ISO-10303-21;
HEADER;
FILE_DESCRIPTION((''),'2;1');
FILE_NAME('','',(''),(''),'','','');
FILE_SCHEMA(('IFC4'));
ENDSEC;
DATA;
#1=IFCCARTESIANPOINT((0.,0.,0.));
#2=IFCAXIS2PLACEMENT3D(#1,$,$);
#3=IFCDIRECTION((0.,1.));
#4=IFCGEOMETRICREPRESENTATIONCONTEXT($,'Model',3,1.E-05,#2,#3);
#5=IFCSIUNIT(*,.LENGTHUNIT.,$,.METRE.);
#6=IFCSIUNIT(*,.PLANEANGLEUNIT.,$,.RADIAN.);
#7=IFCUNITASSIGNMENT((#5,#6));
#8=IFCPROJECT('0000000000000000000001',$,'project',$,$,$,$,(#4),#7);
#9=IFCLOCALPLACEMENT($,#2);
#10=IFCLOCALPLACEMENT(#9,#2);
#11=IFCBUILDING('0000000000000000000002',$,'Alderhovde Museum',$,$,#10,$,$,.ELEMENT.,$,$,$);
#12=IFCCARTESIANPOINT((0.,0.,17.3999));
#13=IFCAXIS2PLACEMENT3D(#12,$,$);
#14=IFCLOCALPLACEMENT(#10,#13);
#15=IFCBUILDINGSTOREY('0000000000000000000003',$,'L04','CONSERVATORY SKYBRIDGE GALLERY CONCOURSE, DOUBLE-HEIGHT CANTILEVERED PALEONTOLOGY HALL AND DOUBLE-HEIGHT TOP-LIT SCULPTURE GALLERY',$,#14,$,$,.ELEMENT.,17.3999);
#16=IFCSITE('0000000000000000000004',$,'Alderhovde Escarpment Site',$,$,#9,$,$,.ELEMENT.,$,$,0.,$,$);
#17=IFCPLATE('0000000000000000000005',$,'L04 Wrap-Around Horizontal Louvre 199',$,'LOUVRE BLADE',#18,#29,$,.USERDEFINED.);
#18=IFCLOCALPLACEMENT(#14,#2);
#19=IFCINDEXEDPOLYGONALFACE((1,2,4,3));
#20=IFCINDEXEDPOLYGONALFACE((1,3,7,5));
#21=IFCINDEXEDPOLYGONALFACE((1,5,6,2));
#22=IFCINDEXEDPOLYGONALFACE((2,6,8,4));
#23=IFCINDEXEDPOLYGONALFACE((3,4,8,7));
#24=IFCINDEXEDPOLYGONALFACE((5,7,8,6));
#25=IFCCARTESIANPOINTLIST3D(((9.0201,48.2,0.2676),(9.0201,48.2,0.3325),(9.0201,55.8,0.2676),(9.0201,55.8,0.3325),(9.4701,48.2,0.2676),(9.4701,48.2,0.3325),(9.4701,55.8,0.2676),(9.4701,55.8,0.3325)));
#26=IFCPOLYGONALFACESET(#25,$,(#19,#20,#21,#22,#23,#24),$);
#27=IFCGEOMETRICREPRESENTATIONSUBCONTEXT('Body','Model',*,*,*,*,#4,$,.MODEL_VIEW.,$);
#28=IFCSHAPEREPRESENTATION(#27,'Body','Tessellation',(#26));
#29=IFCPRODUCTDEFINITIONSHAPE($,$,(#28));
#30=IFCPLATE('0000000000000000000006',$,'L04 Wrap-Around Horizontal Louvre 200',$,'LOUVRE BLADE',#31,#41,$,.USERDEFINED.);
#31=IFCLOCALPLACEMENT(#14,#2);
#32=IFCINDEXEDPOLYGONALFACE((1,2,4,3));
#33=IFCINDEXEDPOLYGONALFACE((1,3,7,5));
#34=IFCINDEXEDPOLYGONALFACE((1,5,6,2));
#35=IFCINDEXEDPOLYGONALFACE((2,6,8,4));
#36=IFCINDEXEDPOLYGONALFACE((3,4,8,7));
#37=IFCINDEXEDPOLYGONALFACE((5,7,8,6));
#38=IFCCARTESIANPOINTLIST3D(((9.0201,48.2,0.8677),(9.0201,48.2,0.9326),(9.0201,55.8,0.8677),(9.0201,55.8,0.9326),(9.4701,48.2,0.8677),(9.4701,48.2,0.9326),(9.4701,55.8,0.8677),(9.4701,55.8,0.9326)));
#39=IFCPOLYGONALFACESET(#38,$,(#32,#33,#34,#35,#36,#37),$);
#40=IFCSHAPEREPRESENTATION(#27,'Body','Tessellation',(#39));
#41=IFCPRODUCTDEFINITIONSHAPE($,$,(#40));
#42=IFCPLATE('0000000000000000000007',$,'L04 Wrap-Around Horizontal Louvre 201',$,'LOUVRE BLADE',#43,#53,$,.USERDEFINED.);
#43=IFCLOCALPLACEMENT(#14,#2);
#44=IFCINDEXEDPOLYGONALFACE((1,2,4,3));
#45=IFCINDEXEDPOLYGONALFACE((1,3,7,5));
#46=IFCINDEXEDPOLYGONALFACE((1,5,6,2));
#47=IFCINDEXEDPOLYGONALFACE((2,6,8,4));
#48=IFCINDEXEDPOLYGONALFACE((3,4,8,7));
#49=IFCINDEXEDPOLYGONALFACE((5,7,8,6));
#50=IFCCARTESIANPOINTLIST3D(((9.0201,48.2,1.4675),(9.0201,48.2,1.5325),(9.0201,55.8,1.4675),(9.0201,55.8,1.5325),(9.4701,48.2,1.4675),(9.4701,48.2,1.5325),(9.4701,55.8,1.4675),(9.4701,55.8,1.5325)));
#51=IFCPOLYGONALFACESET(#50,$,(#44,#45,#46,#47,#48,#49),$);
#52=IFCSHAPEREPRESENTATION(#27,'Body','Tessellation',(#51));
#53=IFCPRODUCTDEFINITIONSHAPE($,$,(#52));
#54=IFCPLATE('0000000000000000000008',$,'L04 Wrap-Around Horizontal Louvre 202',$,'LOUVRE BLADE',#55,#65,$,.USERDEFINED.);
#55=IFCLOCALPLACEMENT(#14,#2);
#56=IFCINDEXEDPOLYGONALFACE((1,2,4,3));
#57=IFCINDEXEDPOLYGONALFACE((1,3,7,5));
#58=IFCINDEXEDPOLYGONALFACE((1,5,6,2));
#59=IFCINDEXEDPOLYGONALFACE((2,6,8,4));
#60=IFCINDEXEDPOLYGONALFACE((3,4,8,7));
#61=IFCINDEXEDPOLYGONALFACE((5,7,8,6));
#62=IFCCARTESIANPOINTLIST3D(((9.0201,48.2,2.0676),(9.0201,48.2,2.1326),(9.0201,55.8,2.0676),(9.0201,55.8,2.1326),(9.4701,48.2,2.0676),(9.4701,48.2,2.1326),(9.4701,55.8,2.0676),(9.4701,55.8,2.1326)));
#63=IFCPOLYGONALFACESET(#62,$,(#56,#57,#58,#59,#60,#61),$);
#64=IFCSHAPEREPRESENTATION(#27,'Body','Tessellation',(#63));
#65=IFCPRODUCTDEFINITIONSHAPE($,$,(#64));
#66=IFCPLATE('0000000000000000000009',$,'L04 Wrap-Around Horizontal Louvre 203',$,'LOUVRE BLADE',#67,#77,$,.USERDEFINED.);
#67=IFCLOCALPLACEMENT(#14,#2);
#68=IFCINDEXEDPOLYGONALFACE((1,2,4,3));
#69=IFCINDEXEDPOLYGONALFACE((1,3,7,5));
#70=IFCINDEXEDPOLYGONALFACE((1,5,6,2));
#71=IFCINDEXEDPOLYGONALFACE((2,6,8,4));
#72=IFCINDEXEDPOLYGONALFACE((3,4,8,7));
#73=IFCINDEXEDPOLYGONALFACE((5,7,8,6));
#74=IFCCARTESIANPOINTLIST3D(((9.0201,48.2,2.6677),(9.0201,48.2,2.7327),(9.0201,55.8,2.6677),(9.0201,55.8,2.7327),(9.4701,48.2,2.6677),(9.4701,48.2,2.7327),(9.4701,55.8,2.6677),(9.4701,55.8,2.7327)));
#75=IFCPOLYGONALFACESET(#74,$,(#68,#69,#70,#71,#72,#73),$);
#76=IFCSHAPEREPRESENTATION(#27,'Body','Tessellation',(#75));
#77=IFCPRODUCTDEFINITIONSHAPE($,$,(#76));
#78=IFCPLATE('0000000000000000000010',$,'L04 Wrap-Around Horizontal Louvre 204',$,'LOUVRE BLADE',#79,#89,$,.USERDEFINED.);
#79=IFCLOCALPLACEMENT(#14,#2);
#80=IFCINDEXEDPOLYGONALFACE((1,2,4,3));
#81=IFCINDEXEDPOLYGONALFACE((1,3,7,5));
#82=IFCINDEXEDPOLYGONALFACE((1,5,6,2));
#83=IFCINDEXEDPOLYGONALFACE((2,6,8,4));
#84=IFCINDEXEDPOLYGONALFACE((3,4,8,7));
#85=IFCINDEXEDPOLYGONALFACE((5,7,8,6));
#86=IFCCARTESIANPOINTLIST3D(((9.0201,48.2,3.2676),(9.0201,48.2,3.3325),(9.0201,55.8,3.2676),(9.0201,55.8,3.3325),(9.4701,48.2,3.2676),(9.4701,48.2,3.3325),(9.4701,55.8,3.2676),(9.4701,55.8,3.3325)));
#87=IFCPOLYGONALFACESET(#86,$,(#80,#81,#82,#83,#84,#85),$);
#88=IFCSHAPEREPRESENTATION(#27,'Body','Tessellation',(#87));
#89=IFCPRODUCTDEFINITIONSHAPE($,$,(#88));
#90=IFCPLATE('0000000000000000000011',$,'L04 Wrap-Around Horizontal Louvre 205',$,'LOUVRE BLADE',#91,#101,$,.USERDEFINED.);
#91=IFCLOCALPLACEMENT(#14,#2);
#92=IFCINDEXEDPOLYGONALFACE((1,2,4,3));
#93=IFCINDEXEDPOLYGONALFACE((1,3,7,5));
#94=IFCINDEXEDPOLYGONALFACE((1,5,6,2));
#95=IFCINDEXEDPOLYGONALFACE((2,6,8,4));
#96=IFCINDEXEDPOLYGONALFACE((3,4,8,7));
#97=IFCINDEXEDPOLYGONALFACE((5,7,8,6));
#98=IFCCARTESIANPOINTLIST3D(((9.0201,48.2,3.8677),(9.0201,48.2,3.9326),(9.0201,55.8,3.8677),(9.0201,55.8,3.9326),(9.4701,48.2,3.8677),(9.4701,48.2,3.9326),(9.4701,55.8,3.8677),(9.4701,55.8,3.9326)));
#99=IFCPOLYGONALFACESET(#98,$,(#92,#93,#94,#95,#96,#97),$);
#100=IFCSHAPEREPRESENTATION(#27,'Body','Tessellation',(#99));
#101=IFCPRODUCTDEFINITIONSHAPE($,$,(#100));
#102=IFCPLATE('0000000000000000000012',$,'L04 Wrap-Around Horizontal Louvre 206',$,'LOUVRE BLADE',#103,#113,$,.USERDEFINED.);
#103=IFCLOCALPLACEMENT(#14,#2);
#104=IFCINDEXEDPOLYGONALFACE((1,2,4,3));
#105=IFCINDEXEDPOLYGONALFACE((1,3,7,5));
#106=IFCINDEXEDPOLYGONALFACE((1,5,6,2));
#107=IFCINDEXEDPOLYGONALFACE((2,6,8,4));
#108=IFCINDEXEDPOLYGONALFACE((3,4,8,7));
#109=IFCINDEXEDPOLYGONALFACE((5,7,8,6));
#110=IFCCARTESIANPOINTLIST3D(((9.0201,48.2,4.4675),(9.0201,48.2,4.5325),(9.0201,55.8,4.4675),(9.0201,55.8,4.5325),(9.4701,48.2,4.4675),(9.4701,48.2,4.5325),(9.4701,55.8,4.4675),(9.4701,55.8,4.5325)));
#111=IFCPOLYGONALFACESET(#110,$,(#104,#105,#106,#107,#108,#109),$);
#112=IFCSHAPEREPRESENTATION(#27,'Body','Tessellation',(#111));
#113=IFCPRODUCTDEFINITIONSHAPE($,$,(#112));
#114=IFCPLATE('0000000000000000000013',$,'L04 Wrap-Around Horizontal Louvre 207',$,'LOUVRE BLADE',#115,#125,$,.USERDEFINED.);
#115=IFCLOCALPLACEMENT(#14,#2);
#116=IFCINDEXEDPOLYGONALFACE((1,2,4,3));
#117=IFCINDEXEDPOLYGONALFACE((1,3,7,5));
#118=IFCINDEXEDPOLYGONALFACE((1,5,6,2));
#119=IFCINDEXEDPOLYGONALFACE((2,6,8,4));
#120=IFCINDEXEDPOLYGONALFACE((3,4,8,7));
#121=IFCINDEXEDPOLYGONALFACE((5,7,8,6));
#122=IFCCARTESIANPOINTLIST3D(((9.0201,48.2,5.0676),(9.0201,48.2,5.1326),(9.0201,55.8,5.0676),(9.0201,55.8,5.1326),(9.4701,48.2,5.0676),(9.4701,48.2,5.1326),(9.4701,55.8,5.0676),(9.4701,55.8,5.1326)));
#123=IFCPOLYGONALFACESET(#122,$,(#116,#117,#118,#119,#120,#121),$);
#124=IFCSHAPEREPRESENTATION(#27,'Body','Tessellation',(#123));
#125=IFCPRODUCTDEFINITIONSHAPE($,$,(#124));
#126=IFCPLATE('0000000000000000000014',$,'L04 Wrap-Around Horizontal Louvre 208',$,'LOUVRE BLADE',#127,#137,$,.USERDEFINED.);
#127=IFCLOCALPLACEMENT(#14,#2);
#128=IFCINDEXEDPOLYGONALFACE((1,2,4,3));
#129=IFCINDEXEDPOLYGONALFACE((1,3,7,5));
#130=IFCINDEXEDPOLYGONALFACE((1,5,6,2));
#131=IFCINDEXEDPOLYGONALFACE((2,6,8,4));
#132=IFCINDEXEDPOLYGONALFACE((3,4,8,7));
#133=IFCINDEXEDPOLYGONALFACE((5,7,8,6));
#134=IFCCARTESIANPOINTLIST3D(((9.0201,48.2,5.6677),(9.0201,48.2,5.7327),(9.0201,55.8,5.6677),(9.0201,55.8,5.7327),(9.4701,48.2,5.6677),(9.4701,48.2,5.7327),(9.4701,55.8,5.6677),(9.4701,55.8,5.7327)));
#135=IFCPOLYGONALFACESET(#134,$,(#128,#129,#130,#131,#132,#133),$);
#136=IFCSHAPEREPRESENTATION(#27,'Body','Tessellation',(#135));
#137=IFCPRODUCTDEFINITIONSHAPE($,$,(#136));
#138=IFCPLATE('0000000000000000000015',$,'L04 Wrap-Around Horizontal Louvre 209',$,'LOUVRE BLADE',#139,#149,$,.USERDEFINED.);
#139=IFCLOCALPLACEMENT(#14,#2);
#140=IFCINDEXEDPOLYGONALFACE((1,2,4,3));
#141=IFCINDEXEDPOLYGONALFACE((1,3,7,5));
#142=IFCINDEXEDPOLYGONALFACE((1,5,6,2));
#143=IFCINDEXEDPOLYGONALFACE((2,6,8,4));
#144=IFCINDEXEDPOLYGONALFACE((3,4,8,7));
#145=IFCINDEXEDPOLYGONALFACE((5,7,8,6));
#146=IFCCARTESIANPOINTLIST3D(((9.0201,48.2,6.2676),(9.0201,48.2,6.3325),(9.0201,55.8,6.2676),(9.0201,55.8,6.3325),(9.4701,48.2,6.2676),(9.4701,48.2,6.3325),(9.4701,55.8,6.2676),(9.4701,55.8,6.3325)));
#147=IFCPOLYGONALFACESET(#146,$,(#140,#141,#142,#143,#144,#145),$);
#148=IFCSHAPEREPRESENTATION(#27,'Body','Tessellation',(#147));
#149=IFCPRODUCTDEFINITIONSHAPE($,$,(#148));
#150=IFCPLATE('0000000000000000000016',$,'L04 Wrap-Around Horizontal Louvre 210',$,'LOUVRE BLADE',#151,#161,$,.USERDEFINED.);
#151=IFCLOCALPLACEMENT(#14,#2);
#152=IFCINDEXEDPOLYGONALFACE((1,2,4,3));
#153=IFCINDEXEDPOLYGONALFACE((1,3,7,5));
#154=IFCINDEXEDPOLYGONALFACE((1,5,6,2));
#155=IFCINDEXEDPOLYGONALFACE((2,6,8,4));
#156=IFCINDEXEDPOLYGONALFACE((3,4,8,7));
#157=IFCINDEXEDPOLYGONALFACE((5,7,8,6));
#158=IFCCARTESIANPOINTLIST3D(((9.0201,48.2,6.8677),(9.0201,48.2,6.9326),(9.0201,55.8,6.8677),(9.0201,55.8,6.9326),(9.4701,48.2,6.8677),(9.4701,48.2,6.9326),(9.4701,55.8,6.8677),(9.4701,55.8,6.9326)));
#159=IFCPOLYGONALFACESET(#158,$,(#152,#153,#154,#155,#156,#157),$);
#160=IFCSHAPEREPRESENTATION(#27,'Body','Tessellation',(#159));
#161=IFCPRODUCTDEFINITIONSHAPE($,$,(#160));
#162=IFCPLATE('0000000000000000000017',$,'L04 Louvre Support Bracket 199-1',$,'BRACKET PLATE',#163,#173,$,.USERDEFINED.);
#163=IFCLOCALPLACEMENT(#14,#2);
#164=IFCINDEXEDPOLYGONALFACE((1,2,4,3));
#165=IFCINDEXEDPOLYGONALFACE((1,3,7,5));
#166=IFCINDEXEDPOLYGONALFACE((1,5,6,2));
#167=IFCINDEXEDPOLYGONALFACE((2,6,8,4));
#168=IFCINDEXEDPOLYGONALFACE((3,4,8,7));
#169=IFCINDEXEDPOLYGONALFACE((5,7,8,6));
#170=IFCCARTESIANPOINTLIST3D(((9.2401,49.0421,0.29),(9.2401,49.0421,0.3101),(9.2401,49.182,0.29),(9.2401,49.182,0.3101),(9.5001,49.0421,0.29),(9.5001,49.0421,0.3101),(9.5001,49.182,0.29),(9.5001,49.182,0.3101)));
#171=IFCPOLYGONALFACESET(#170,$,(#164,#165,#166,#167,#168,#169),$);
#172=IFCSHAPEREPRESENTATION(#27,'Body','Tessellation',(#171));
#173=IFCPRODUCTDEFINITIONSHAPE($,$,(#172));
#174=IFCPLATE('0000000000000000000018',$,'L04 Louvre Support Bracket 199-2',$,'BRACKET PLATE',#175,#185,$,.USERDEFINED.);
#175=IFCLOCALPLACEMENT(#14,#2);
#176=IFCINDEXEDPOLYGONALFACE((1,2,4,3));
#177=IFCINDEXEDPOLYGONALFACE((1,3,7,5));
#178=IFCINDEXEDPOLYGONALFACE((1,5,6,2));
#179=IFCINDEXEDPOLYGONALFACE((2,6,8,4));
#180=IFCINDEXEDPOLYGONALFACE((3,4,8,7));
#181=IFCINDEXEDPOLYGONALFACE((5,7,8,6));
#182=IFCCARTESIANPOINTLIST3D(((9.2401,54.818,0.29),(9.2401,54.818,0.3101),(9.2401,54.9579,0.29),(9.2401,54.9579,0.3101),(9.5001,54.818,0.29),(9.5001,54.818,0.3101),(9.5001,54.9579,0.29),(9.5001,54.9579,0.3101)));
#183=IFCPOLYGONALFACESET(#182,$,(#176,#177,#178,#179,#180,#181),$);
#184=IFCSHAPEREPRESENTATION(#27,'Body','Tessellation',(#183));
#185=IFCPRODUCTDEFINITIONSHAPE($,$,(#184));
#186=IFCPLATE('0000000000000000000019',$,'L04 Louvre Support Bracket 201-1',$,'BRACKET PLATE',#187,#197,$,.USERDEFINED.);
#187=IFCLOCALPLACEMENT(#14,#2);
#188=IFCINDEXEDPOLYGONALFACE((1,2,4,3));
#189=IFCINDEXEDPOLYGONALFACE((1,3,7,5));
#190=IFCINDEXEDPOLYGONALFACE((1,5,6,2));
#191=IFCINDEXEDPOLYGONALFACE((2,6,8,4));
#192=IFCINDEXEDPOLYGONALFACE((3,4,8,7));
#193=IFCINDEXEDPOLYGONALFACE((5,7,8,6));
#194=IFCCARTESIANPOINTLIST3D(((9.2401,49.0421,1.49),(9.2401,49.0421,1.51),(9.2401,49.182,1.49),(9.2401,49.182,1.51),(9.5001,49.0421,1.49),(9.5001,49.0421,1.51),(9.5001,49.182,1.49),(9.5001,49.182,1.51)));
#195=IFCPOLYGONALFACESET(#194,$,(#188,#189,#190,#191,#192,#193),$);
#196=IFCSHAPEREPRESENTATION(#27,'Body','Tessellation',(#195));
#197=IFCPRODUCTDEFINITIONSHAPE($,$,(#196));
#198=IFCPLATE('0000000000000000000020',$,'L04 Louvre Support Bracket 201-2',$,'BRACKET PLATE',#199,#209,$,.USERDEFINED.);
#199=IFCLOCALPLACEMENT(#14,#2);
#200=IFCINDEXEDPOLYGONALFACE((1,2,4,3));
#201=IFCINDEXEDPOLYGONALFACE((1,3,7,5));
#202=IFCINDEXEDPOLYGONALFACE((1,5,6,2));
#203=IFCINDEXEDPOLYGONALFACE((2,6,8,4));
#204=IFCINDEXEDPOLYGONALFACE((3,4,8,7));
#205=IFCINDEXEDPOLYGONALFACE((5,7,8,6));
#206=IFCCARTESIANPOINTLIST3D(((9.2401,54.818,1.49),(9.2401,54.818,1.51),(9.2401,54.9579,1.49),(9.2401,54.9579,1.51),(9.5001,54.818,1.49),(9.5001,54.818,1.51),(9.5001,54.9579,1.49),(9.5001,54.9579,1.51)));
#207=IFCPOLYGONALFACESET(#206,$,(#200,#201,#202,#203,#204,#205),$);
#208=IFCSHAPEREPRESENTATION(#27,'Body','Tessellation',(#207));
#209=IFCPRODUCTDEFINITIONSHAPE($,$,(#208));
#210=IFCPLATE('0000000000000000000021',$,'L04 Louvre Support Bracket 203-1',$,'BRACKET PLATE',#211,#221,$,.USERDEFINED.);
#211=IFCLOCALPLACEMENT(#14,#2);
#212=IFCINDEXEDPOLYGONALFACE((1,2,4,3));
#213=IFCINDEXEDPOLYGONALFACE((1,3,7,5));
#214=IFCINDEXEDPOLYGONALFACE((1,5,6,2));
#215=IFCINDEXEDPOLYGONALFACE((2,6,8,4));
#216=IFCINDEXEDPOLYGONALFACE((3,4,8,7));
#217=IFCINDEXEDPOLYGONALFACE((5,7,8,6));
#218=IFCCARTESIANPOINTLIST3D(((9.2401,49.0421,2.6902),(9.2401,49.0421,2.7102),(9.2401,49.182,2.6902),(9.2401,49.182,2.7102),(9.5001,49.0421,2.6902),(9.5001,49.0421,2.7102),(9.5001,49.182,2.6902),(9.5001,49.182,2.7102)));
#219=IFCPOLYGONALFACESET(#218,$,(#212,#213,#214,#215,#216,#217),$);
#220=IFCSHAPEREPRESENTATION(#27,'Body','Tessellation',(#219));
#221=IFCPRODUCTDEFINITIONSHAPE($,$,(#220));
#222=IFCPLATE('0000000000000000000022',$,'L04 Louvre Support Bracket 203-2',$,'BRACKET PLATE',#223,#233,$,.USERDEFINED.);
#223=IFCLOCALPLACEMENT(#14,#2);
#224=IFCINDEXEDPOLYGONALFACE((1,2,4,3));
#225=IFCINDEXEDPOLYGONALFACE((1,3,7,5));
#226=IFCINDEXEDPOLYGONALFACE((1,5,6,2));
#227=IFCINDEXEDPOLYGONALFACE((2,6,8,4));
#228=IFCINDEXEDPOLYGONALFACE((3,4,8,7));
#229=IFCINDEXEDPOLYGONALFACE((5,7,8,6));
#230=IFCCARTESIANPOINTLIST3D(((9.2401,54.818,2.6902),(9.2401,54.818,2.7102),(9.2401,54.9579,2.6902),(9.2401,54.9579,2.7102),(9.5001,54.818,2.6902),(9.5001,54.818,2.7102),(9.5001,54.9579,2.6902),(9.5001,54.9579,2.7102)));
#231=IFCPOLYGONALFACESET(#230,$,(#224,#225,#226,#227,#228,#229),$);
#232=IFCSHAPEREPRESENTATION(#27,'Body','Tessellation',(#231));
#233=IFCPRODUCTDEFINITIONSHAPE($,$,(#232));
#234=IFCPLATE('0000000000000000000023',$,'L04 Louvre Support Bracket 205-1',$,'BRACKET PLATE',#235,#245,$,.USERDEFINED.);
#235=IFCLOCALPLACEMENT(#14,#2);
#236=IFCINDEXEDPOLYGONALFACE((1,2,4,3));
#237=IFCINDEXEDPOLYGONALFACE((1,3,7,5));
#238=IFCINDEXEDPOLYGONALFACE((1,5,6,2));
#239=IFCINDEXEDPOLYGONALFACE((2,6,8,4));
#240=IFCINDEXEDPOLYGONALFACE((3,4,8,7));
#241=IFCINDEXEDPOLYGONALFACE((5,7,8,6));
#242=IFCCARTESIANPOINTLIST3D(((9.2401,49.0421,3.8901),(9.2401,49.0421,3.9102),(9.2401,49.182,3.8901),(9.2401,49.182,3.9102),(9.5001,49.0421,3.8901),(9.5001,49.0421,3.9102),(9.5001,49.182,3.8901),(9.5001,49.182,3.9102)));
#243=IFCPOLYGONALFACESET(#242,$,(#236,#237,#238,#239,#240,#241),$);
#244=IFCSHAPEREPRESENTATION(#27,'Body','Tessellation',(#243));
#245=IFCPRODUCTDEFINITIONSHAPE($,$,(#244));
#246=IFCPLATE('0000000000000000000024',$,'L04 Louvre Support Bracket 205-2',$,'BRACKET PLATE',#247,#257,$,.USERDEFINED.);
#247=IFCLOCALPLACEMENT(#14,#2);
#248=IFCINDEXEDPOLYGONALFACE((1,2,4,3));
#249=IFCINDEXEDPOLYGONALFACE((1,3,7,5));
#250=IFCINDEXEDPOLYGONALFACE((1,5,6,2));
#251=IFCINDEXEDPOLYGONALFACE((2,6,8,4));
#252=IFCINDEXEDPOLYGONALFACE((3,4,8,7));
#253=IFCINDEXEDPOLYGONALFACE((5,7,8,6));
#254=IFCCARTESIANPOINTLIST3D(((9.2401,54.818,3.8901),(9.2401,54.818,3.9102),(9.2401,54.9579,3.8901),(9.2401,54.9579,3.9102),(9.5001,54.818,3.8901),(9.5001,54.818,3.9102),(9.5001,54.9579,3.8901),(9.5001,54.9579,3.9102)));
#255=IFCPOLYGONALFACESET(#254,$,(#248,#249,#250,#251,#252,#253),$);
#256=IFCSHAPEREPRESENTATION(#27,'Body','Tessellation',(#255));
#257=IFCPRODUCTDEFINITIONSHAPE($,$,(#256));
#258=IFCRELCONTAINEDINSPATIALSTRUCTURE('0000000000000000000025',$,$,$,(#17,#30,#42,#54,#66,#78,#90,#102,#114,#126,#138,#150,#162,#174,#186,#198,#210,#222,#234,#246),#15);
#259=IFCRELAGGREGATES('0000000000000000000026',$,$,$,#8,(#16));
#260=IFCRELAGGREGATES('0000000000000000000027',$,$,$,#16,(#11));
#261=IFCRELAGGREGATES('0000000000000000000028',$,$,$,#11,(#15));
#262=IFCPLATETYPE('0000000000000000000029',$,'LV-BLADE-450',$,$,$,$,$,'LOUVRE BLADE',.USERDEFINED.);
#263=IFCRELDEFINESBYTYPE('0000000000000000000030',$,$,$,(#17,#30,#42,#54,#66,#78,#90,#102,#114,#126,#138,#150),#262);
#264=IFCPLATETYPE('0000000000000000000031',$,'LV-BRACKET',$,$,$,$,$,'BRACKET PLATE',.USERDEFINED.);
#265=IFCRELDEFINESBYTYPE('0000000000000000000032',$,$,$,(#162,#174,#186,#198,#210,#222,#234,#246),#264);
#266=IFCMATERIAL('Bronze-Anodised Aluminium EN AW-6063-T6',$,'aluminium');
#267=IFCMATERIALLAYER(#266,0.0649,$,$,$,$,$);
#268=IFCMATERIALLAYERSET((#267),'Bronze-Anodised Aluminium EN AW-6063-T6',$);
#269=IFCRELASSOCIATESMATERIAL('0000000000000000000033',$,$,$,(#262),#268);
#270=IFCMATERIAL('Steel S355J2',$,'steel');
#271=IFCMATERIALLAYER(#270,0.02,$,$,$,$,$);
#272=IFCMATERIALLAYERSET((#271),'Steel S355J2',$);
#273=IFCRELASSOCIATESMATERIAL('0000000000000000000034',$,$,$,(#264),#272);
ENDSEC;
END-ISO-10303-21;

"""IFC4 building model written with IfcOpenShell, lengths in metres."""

from ifc_helpers import new_model, si_unit, direction, frame, origin, origin_2d, place, context, subcontext, project, spatial, rectangle, extrude, material, layer, layer_set, type_object, element, save


model = new_model("IFC4")

# Units and contexts
model_context = context("Model", 3, precision=1e-05, world=origin(), true_north=direction((0.0, 1.0)))
body_context = subcontext(model_context, "Body", "Model", "MODEL_VIEW")
ifc_project = project(units=[si_unit("LENGTHUNIT", "METRE"), si_unit("PLANEANGLEUNIT", "RADIAN")], contexts=[model_context])

# Site, building, storey
site_placement = place(None, origin())
site = spatial("IfcSite", under=ifc_project, at=site_placement, Name="Alderhovde Escarpment Site", CompositionType="ELEMENT", RefElevation=0.0)
building_placement = place(site_placement, origin())
building = spatial("IfcBuilding", under=site, at=building_placement, Name="Alderhovde Museum", CompositionType="ELEMENT")
storey_placement = place(building_placement, frame((0.0, 0.0, 17.3999)))
storey = spatial("IfcBuildingStorey", under=building, at=storey_placement, Name="L04", Description="CONSERVATORY SKYBRIDGE GALLERY CONCOURSE, DOUBLE-HEIGHT CANTILEVERED PALEONTOLOGY HALL AND DOUBLE-HEIGHT TOP-LIT SCULPTURE GALLERY", CompositionType="ELEMENT", Elevation=17.3999)

# Plates
ifc_material_1 = material(Name="Bronze-Anodised Aluminium EN AW-6063-T6", Category="aluminium")
ifc_layer_1 = layer(ifc_material_1, 0.0649)
ifc_layer_set_1 = layer_set([ifc_layer_1], Name="Bronze-Anodised Aluminium EN AW-6063-T6")
plate_type_1 = type_object("IfcPlateType", Name="LV-BLADE-450", ElementType="LOUVRE BLADE", PredefinedType="USERDEFINED", material=ifc_layer_set_1)
for number, where, z_axis, x_axis, name in (
    (1, (9.2451, 52.0, 0.2676), (0.0, 0.0, 1.0), (0.0, 1.0, 0.0), "L04 Wrap-Around Horizontal Louvre 199"),
    (2, (9.2451, 52.0, 0.8677), (0.0, 0.0, 1.0), (0.0, 1.0, 0.0), "L04 Wrap-Around Horizontal Louvre 200"),
    (3, (9.2451, 52.0, 1.4675), (0.0, 0.0, 1.0), (0.0, 1.0, 0.0), "L04 Wrap-Around Horizontal Louvre 201"),
    (4, (9.2451, 52.0, 2.0676), (0.0, 0.0, 1.0), (0.0, 1.0, 0.0), "L04 Wrap-Around Horizontal Louvre 202"),
    (5, (9.2451, 52.0, 2.6677), (0.0, 0.0, 1.0), (0.0, 1.0, 0.0), "L04 Wrap-Around Horizontal Louvre 203"),
    (6, (9.2451, 52.0, 3.2676), (0.0, 0.0, 1.0), (0.0, 1.0, 0.0), "L04 Wrap-Around Horizontal Louvre 204"),
    (7, (9.2451, 52.0, 3.8677), (0.0, 0.0, 1.0), (0.0, 1.0, 0.0), "L04 Wrap-Around Horizontal Louvre 205"),
    (8, (9.2451, 52.0, 4.4675), (0.0, 0.0, 1.0), (0.0, 1.0, 0.0), "L04 Wrap-Around Horizontal Louvre 206"),
    (9, (9.2451, 52.0, 5.0676), (0.0, 0.0, 1.0), (0.0, 1.0, 0.0), "L04 Wrap-Around Horizontal Louvre 207"),
    (10, (9.2451, 52.0, 5.6677), (0.0, 0.0, 1.0), (0.0, 1.0, 0.0), "L04 Wrap-Around Horizontal Louvre 208"),
    (11, (9.2451, 52.0, 6.2676), (0.0, 0.0, 1.0), (0.0, 1.0, 0.0), "L04 Wrap-Around Horizontal Louvre 209"),
    (12, (9.2451, 52.0, 6.8677), (0.0, 0.0, 1.0), (0.0, 1.0, 0.0), "L04 Wrap-Around Horizontal Louvre 210"),
):
    element("IfcPlate", number, at=place(storey_placement, frame(where, z_axis=z_axis, x_axis=x_axis)), inside=storey, type_object=plate_type_1, Name=name, ObjectType="LOUVRE BLADE", PredefinedType="USERDEFINED", context=body_context, shape_type="SweptSolid", body=[
        extrude(rectangle(XDim=7.6001, YDim=0.45, at=origin_2d()), origin(), (0.0, 0.0, 1.0), 0.0649),
    ])
ifc_material_2 = material(Name="Steel S355J2", Category="steel")
ifc_layer_2 = layer(ifc_material_2, 0.02)
ifc_layer_set_2 = layer_set([ifc_layer_2], Name="Steel S355J2")
plate_type_2 = type_object("IfcPlateType", Name="LV-BRACKET", ElementType="BRACKET PLATE", PredefinedType="USERDEFINED", material=ifc_layer_set_2)
for number, where, z_axis, x_axis, name in (
    (13, (9.3701, 49.1121, 0.29), (0.0, 0.0, 1.0), (0.0, 1.0, 0.0), "L04 Louvre Support Bracket 199-1"),
    (14, (9.3701, 54.8879, 0.29), (0.0, 0.0, 1.0), (0.0, 1.0, 0.0), "L04 Louvre Support Bracket 199-2"),
    (15, (9.3701, 49.1121, 1.49), (0.0, 0.0, 1.0), (0.0, 1.0, 0.0), "L04 Louvre Support Bracket 201-1"),
    (16, (9.3701, 54.8879, 1.49), (0.0, 0.0, 1.0), (0.0, 1.0, 0.0), "L04 Louvre Support Bracket 201-2"),
    (17, (9.3701, 49.1121, 2.6902), (0.0, 0.0, 1.0), (0.0, 1.0, 0.0), "L04 Louvre Support Bracket 203-1"),
    (18, (9.3701, 54.8879, 2.6902), (0.0, 0.0, 1.0), (0.0, 1.0, 0.0), "L04 Louvre Support Bracket 203-2"),
    (19, (9.3701, 49.1121, 3.8901), (0.0, 0.0, 1.0), (0.0, 1.0, 0.0), "L04 Louvre Support Bracket 205-1"),
    (20, (9.3701, 54.8879, 3.8901), (0.0, 0.0, 1.0), (0.0, 1.0, 0.0), "L04 Louvre Support Bracket 205-2"),
):
    element("IfcPlate", number, at=place(storey_placement, frame(where, z_axis=z_axis, x_axis=x_axis)), inside=storey, type_object=plate_type_2, Name=name, ObjectType="BRACKET PLATE", PredefinedType="USERDEFINED", context=body_context, shape_type="SweptSolid", body=[
        extrude(rectangle(XDim=0.1399, YDim=0.26, at=origin_2d()), origin(), (0.0, 0.0, 1.0), 0.02),
    ])

save(model, "model.ifc")
